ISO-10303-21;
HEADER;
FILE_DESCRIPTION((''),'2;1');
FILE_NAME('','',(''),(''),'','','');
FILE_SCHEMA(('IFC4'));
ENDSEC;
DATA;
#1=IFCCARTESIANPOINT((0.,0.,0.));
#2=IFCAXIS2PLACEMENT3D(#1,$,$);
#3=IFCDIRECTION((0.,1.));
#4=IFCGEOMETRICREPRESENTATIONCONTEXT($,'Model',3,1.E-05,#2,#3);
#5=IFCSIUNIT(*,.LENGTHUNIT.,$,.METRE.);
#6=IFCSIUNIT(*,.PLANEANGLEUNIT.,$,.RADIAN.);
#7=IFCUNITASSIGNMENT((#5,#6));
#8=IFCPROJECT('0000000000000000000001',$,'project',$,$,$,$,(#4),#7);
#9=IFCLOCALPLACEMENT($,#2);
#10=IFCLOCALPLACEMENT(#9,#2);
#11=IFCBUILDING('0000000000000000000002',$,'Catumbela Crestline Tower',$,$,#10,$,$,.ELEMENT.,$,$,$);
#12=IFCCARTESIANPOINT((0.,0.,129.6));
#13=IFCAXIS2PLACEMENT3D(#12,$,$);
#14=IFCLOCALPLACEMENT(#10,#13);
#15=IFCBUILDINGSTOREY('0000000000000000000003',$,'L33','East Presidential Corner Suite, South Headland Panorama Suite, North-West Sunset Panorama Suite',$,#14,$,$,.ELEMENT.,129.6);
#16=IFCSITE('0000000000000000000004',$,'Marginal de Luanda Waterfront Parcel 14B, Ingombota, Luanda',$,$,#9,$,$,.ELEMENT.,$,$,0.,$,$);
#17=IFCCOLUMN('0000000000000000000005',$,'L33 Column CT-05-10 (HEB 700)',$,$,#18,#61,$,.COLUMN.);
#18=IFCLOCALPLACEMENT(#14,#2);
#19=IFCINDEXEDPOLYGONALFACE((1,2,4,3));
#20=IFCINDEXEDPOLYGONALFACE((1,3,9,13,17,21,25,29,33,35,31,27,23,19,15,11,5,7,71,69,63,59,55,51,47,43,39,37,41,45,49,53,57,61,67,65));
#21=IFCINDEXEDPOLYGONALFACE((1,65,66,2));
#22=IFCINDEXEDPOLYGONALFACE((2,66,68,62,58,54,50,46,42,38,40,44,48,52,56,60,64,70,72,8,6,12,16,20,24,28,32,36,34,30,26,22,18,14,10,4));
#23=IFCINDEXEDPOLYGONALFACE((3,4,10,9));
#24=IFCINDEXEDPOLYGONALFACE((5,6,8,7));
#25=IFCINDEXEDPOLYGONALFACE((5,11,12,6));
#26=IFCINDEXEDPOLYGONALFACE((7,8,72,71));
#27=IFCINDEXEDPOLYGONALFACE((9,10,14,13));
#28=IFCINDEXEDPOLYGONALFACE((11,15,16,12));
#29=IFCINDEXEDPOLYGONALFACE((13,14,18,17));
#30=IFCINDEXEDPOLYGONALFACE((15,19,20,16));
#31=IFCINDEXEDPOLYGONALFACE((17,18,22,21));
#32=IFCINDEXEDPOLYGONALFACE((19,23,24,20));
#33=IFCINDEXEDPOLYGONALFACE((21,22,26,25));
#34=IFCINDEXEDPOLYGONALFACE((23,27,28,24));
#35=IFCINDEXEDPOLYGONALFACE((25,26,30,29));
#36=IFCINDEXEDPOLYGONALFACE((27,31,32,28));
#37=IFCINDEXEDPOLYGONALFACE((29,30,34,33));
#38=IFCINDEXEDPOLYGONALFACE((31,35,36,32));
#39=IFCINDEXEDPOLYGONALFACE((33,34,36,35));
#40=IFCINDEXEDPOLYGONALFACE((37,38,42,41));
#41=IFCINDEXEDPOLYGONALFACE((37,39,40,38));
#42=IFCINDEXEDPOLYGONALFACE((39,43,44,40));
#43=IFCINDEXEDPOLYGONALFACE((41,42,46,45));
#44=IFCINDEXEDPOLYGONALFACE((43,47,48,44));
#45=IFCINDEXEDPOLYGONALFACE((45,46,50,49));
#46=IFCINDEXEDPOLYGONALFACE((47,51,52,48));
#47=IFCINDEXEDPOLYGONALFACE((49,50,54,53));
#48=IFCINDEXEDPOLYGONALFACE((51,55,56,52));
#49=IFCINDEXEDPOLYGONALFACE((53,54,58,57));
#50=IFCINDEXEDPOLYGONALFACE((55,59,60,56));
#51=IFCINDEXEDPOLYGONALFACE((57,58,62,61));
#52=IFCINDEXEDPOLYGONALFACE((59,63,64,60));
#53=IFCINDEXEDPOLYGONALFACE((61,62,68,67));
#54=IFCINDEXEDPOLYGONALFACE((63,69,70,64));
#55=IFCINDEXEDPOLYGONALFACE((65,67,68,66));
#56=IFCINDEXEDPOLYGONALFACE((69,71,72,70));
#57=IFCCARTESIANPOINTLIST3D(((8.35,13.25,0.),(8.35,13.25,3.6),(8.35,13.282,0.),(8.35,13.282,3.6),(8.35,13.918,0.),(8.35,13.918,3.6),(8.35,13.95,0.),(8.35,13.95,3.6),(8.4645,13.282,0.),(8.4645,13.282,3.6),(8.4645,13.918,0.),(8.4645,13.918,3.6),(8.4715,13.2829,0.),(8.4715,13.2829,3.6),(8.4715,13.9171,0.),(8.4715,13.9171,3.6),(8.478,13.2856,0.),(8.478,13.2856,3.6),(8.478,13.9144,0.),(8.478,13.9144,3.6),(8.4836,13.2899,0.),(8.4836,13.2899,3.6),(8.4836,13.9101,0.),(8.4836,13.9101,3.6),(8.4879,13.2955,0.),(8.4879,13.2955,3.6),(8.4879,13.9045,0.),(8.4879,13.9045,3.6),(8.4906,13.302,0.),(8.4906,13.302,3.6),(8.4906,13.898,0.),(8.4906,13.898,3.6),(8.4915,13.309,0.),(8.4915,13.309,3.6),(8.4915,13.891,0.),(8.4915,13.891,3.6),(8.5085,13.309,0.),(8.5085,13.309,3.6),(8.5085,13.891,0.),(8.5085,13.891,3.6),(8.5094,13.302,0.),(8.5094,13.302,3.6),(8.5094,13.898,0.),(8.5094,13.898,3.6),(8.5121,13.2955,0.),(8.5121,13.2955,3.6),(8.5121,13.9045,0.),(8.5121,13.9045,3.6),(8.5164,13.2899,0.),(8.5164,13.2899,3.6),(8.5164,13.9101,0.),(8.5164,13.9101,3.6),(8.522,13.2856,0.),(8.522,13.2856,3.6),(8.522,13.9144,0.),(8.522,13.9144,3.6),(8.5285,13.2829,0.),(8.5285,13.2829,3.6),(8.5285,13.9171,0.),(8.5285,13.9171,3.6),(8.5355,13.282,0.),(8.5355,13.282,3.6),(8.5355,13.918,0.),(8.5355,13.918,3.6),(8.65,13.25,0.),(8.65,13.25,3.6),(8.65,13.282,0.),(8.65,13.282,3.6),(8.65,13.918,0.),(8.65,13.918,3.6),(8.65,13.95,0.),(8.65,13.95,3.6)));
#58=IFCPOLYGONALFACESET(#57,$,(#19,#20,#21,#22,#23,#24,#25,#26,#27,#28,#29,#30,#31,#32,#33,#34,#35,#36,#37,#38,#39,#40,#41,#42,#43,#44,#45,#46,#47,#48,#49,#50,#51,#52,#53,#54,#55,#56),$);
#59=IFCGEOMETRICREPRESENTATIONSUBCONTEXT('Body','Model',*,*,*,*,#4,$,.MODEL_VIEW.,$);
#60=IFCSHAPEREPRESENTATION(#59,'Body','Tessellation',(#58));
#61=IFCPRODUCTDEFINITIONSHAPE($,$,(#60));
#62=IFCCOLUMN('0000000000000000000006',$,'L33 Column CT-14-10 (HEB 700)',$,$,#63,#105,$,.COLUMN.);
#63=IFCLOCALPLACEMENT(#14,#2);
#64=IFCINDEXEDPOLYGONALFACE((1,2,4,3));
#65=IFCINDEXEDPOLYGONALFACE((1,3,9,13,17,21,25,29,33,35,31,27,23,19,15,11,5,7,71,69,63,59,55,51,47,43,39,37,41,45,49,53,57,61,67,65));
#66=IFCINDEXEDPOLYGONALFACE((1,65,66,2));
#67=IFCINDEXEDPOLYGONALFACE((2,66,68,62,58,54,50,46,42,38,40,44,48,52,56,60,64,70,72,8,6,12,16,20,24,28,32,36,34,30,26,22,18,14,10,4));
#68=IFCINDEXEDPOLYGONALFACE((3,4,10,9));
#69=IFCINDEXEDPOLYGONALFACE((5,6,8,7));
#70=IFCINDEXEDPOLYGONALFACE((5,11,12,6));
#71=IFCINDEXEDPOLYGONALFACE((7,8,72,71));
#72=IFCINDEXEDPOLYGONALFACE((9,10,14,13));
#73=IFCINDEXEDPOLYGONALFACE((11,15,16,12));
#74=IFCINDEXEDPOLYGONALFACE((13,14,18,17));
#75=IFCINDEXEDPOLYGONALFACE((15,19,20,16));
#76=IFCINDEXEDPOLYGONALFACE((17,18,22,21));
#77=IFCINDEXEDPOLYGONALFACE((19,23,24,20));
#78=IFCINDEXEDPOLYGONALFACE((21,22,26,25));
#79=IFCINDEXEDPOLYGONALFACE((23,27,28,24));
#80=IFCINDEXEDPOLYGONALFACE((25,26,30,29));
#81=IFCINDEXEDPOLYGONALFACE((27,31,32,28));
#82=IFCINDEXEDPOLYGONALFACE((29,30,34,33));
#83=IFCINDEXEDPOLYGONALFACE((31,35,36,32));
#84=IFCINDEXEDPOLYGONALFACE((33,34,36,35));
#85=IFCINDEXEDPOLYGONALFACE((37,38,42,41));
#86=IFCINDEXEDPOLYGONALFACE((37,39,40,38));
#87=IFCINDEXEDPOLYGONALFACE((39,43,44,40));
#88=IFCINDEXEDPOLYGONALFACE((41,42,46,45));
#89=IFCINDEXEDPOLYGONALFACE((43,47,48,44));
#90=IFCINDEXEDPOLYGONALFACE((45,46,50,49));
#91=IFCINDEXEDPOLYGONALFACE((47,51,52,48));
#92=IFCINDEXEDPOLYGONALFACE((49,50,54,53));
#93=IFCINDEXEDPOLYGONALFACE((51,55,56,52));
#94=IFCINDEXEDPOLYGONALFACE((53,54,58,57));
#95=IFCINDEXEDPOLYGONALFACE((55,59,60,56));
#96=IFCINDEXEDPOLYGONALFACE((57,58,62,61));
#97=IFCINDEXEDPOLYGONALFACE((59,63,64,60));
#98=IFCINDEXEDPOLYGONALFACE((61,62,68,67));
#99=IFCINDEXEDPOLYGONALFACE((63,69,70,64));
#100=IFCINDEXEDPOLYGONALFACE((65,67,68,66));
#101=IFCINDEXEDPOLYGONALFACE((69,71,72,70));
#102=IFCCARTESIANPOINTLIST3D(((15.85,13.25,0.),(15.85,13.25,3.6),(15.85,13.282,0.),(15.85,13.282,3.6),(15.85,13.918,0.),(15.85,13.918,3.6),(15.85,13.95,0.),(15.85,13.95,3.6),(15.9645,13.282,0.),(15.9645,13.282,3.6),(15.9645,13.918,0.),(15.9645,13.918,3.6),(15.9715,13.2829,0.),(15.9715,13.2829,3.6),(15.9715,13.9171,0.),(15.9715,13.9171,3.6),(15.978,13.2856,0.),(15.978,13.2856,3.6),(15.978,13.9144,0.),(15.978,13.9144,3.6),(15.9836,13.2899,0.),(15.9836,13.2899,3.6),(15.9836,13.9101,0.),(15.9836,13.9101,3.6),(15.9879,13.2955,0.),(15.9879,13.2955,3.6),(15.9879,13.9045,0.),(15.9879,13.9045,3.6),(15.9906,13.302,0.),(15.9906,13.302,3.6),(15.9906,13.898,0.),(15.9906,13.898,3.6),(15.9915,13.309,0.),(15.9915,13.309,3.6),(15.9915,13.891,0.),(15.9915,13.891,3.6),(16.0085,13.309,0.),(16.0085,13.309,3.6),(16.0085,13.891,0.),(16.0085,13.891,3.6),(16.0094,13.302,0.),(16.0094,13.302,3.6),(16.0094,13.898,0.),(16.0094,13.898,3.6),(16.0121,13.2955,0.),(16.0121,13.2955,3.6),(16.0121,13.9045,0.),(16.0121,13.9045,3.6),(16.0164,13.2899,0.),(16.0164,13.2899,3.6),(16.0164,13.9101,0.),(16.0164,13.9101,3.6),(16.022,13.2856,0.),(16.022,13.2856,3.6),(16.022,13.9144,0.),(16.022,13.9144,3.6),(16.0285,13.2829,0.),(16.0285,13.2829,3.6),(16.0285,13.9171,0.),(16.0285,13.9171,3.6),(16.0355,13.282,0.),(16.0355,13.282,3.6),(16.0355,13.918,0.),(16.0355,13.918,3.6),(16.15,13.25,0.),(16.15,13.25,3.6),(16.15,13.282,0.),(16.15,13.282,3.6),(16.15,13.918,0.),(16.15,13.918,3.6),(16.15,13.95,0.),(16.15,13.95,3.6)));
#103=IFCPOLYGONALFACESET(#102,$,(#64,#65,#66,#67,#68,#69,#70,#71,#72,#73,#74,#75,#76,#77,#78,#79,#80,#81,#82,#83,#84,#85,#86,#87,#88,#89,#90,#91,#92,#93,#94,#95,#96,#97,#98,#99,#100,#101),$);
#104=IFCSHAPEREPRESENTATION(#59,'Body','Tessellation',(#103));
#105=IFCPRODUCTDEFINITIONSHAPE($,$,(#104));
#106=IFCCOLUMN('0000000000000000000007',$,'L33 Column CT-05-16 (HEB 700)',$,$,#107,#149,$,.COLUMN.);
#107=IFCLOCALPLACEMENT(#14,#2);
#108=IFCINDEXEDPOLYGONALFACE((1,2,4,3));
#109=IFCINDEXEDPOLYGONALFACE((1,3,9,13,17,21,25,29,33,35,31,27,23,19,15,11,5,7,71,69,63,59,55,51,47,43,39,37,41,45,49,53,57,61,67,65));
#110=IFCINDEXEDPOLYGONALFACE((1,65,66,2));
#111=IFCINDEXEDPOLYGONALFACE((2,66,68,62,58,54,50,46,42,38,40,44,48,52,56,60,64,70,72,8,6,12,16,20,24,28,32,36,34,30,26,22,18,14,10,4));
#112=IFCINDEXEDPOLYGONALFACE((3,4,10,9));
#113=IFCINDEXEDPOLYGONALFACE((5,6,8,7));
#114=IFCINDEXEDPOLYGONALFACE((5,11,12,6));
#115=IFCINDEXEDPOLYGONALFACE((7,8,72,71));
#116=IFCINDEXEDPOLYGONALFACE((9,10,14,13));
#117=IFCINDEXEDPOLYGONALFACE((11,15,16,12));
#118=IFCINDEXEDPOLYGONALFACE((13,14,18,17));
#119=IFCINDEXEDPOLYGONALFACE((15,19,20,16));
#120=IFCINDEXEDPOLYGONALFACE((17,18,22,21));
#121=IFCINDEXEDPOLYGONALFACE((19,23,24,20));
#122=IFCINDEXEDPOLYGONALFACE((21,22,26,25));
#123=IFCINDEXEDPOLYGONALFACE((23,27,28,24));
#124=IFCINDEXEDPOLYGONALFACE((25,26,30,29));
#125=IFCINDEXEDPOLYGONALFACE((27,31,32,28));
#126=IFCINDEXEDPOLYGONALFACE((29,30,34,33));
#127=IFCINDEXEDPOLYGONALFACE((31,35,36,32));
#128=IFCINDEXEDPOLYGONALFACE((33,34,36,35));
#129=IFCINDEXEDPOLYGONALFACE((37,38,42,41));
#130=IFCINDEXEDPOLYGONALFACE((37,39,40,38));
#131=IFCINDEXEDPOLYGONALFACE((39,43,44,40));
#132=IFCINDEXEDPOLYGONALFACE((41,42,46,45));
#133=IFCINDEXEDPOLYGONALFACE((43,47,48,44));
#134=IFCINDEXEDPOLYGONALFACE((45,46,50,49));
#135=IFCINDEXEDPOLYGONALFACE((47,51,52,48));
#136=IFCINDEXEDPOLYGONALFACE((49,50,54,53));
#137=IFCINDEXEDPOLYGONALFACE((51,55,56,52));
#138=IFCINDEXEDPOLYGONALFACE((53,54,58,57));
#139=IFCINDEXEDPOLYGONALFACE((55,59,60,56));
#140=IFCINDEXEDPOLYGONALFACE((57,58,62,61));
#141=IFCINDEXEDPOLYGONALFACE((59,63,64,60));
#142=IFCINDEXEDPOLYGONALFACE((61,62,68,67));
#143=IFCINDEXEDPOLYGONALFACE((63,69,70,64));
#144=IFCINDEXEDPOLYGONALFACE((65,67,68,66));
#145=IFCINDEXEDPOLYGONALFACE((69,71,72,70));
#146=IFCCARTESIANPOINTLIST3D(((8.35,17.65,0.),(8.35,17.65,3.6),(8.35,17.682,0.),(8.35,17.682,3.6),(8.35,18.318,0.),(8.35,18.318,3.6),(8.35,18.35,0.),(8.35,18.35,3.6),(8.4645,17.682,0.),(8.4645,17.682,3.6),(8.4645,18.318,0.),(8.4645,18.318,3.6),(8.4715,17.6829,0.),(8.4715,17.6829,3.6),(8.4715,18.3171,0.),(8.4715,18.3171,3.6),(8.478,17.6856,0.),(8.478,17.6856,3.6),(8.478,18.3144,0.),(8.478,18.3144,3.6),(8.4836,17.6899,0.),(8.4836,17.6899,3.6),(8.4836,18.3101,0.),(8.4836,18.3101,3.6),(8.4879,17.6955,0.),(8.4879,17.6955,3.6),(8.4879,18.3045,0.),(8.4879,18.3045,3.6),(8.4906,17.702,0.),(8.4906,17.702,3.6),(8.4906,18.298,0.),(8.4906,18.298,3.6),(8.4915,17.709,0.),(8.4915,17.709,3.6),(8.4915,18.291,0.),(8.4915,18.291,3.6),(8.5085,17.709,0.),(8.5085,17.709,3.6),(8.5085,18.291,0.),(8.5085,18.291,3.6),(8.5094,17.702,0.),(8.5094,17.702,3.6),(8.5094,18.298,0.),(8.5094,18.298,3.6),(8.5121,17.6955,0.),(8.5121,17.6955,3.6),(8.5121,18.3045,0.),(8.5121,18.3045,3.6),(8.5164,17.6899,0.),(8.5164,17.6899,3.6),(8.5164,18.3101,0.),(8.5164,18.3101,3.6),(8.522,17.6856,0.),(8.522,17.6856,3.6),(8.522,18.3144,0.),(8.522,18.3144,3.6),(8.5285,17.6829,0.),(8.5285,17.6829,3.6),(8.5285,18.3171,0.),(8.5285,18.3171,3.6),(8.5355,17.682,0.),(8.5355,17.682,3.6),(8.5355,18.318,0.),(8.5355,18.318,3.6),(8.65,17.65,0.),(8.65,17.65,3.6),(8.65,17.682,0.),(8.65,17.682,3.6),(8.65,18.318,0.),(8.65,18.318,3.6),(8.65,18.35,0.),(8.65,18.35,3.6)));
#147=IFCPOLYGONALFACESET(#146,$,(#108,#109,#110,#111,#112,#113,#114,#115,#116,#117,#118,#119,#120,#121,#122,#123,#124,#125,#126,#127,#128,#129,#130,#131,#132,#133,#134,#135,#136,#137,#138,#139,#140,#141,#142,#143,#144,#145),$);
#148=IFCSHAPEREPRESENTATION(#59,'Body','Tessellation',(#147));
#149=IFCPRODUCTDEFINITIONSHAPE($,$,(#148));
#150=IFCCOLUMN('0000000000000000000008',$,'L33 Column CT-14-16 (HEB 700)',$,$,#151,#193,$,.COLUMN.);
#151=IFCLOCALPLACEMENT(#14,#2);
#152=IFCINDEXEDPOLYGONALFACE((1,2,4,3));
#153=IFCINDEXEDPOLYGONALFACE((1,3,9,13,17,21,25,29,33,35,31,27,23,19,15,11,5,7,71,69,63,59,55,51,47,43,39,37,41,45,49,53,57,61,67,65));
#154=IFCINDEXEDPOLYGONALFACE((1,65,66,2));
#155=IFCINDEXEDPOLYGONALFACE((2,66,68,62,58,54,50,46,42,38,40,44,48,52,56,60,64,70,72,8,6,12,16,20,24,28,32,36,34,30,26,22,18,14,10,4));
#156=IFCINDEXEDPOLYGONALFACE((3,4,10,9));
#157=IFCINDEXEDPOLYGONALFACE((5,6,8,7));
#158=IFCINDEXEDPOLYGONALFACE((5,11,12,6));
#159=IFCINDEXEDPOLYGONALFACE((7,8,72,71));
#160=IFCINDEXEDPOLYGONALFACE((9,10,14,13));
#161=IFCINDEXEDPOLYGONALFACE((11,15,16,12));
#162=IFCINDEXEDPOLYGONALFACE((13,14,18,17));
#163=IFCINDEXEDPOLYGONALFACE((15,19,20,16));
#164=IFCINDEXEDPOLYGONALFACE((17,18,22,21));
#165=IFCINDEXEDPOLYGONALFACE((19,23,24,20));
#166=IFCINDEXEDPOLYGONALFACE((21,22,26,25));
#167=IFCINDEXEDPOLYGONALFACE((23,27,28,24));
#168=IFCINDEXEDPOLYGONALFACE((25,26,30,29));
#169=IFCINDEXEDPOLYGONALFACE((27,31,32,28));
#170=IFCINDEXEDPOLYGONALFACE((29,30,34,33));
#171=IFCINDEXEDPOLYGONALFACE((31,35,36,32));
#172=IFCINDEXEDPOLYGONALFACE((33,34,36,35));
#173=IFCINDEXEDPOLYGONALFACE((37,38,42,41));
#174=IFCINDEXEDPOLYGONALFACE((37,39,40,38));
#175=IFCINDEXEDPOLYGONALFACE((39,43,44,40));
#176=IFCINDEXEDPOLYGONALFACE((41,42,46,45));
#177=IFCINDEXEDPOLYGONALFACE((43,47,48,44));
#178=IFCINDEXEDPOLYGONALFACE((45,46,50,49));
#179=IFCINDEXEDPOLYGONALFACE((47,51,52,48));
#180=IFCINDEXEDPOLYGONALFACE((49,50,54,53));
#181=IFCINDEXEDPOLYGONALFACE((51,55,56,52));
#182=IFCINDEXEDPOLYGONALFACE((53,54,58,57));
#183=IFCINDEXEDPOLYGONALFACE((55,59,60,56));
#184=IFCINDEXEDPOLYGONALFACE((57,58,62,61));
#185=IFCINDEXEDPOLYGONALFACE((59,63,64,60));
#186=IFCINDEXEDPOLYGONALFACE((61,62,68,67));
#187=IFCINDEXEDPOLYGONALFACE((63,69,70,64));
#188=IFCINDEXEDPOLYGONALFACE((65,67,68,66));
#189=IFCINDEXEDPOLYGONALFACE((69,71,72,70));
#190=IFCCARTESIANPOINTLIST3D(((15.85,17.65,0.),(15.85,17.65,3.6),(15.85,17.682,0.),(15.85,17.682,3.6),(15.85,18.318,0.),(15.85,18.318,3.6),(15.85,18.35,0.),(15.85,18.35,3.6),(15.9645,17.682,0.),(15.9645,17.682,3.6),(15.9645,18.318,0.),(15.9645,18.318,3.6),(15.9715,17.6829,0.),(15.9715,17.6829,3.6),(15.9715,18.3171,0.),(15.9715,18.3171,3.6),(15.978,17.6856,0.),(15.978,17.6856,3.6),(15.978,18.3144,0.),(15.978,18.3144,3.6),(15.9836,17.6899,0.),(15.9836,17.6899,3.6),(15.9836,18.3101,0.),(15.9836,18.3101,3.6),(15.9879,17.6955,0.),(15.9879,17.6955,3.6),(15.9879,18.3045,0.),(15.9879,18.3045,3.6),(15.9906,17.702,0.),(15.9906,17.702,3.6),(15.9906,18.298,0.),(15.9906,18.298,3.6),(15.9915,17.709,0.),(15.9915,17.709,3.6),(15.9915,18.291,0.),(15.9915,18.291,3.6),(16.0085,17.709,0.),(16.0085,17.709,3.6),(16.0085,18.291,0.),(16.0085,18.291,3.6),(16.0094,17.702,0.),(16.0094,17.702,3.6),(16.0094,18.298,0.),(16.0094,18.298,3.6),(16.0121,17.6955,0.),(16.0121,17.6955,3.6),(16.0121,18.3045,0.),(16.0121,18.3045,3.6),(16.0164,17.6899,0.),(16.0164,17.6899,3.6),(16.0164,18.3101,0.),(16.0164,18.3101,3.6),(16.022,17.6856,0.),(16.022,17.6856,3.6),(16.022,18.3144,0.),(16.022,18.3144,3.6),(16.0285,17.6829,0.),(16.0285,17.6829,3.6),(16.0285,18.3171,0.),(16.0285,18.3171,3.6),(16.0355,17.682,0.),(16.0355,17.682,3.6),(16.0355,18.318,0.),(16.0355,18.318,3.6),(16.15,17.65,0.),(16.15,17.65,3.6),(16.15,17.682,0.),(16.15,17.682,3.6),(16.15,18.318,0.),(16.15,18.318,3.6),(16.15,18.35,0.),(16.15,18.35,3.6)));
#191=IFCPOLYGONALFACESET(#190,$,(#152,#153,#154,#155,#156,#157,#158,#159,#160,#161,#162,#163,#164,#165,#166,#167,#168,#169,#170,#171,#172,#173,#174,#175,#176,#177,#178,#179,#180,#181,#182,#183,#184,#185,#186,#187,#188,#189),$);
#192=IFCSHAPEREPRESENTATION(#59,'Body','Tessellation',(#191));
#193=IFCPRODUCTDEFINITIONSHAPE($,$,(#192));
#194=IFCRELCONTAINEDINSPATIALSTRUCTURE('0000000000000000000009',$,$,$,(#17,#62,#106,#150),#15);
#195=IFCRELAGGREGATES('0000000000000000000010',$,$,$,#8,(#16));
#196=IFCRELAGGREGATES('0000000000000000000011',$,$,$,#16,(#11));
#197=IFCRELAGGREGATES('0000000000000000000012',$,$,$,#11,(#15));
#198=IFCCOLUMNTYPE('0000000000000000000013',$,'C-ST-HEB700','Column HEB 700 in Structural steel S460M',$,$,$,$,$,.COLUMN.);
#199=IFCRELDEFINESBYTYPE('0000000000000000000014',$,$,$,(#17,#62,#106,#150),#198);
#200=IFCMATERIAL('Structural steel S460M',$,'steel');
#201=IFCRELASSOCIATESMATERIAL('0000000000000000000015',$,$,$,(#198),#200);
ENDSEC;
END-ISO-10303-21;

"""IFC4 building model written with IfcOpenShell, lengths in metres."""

from ifc_helpers import new_model, si_unit, direction, frame, origin, origin_2d, place, context, subcontext, project, spatial, i_section, extrude, material, material_profile, profile_set, type_object, element, save


model = new_model("IFC4")

# Units and contexts
model_context = context("Model", 3, precision=1e-05, world=origin(), true_north=direction((0.0, 1.0)))
body_context = subcontext(model_context, "Body", "Model", "MODEL_VIEW")
ifc_project = project(units=[si_unit("LENGTHUNIT", "METRE"), si_unit("PLANEANGLEUNIT", "RADIAN")], contexts=[model_context])

# Site, building, storey
site_placement = place(None, origin())
site = spatial("IfcSite", under=ifc_project, at=site_placement, Name="Marginal de Luanda Waterfront Parcel 14B, Ingombota, Luanda", CompositionType="ELEMENT", RefElevation=0.0)
building_placement = place(site_placement, origin())
building = spatial("IfcBuilding", under=site, at=building_placement, Name="Catumbela Crestline Tower", CompositionType="ELEMENT")
storey_placement = place(building_placement, frame((0.0, 0.0, 129.6)))
storey = spatial("IfcBuildingStorey", under=building, at=storey_placement, Name="L33", Description="East Presidential Corner Suite, South Headland Panorama Suite, North-West Sunset Panorama Suite", CompositionType="ELEMENT", Elevation=129.6)

# Columns
ifc_material_1 = material(Name="Structural steel S460M", Category="steel")
ifc_material_profile_1 = material_profile(ifc_material_1, i_section(OverallWidth=0.3, OverallDepth=0.7, WebThickness=0.017, FlangeThickness=0.032, FilletRadius=0.027, at=origin_2d()), Name="HEB 700")
ifc_profile_set_1 = profile_set([ifc_material_profile_1], Name="Structural steel S460M")
column_type = type_object("IfcColumnType", Name="C-ST-HEB700", Description="Column HEB 700 in Structural steel S460M", PredefinedType="COLUMN", material=ifc_profile_set_1)
for number, where, z_axis, x_axis, name in (
    (1, (8.5, 13.6, 0.0), (0.0, 0.0, 1.0), (1.0, 0.0, 0.0), "L33 Column CT-05-10 (HEB 700)"),
    (2, (16.0, 13.6, 0.0), (0.0, 0.0, 1.0), (1.0, 0.0, 0.0), "L33 Column CT-14-10 (HEB 700)"),
    (3, (8.5, 18.0, 0.0), (0.0, 0.0, 1.0), (1.0, 0.0, 0.0), "L33 Column CT-05-16 (HEB 700)"),
    (4, (16.0, 18.0, 0.0), (0.0, 0.0, 1.0), (1.0, 0.0, 0.0), "L33 Column CT-14-16 (HEB 700)"),
):
    element("IfcColumn", number, at=place(storey_placement, frame(where, z_axis=z_axis, x_axis=x_axis)), inside=storey, type_object=column_type, Name=name, PredefinedType="COLUMN", context=body_context, shape_type="SweptSolid", body=[
        extrude(i_section(OverallWidth=0.3, OverallDepth=0.7, WebThickness=0.017, FlangeThickness=0.032, FilletRadius=0.027, at=origin_2d()), origin(), (0.0, 0.0, 1.0), 3.6),
    ])

save(model, "model.ifc")
